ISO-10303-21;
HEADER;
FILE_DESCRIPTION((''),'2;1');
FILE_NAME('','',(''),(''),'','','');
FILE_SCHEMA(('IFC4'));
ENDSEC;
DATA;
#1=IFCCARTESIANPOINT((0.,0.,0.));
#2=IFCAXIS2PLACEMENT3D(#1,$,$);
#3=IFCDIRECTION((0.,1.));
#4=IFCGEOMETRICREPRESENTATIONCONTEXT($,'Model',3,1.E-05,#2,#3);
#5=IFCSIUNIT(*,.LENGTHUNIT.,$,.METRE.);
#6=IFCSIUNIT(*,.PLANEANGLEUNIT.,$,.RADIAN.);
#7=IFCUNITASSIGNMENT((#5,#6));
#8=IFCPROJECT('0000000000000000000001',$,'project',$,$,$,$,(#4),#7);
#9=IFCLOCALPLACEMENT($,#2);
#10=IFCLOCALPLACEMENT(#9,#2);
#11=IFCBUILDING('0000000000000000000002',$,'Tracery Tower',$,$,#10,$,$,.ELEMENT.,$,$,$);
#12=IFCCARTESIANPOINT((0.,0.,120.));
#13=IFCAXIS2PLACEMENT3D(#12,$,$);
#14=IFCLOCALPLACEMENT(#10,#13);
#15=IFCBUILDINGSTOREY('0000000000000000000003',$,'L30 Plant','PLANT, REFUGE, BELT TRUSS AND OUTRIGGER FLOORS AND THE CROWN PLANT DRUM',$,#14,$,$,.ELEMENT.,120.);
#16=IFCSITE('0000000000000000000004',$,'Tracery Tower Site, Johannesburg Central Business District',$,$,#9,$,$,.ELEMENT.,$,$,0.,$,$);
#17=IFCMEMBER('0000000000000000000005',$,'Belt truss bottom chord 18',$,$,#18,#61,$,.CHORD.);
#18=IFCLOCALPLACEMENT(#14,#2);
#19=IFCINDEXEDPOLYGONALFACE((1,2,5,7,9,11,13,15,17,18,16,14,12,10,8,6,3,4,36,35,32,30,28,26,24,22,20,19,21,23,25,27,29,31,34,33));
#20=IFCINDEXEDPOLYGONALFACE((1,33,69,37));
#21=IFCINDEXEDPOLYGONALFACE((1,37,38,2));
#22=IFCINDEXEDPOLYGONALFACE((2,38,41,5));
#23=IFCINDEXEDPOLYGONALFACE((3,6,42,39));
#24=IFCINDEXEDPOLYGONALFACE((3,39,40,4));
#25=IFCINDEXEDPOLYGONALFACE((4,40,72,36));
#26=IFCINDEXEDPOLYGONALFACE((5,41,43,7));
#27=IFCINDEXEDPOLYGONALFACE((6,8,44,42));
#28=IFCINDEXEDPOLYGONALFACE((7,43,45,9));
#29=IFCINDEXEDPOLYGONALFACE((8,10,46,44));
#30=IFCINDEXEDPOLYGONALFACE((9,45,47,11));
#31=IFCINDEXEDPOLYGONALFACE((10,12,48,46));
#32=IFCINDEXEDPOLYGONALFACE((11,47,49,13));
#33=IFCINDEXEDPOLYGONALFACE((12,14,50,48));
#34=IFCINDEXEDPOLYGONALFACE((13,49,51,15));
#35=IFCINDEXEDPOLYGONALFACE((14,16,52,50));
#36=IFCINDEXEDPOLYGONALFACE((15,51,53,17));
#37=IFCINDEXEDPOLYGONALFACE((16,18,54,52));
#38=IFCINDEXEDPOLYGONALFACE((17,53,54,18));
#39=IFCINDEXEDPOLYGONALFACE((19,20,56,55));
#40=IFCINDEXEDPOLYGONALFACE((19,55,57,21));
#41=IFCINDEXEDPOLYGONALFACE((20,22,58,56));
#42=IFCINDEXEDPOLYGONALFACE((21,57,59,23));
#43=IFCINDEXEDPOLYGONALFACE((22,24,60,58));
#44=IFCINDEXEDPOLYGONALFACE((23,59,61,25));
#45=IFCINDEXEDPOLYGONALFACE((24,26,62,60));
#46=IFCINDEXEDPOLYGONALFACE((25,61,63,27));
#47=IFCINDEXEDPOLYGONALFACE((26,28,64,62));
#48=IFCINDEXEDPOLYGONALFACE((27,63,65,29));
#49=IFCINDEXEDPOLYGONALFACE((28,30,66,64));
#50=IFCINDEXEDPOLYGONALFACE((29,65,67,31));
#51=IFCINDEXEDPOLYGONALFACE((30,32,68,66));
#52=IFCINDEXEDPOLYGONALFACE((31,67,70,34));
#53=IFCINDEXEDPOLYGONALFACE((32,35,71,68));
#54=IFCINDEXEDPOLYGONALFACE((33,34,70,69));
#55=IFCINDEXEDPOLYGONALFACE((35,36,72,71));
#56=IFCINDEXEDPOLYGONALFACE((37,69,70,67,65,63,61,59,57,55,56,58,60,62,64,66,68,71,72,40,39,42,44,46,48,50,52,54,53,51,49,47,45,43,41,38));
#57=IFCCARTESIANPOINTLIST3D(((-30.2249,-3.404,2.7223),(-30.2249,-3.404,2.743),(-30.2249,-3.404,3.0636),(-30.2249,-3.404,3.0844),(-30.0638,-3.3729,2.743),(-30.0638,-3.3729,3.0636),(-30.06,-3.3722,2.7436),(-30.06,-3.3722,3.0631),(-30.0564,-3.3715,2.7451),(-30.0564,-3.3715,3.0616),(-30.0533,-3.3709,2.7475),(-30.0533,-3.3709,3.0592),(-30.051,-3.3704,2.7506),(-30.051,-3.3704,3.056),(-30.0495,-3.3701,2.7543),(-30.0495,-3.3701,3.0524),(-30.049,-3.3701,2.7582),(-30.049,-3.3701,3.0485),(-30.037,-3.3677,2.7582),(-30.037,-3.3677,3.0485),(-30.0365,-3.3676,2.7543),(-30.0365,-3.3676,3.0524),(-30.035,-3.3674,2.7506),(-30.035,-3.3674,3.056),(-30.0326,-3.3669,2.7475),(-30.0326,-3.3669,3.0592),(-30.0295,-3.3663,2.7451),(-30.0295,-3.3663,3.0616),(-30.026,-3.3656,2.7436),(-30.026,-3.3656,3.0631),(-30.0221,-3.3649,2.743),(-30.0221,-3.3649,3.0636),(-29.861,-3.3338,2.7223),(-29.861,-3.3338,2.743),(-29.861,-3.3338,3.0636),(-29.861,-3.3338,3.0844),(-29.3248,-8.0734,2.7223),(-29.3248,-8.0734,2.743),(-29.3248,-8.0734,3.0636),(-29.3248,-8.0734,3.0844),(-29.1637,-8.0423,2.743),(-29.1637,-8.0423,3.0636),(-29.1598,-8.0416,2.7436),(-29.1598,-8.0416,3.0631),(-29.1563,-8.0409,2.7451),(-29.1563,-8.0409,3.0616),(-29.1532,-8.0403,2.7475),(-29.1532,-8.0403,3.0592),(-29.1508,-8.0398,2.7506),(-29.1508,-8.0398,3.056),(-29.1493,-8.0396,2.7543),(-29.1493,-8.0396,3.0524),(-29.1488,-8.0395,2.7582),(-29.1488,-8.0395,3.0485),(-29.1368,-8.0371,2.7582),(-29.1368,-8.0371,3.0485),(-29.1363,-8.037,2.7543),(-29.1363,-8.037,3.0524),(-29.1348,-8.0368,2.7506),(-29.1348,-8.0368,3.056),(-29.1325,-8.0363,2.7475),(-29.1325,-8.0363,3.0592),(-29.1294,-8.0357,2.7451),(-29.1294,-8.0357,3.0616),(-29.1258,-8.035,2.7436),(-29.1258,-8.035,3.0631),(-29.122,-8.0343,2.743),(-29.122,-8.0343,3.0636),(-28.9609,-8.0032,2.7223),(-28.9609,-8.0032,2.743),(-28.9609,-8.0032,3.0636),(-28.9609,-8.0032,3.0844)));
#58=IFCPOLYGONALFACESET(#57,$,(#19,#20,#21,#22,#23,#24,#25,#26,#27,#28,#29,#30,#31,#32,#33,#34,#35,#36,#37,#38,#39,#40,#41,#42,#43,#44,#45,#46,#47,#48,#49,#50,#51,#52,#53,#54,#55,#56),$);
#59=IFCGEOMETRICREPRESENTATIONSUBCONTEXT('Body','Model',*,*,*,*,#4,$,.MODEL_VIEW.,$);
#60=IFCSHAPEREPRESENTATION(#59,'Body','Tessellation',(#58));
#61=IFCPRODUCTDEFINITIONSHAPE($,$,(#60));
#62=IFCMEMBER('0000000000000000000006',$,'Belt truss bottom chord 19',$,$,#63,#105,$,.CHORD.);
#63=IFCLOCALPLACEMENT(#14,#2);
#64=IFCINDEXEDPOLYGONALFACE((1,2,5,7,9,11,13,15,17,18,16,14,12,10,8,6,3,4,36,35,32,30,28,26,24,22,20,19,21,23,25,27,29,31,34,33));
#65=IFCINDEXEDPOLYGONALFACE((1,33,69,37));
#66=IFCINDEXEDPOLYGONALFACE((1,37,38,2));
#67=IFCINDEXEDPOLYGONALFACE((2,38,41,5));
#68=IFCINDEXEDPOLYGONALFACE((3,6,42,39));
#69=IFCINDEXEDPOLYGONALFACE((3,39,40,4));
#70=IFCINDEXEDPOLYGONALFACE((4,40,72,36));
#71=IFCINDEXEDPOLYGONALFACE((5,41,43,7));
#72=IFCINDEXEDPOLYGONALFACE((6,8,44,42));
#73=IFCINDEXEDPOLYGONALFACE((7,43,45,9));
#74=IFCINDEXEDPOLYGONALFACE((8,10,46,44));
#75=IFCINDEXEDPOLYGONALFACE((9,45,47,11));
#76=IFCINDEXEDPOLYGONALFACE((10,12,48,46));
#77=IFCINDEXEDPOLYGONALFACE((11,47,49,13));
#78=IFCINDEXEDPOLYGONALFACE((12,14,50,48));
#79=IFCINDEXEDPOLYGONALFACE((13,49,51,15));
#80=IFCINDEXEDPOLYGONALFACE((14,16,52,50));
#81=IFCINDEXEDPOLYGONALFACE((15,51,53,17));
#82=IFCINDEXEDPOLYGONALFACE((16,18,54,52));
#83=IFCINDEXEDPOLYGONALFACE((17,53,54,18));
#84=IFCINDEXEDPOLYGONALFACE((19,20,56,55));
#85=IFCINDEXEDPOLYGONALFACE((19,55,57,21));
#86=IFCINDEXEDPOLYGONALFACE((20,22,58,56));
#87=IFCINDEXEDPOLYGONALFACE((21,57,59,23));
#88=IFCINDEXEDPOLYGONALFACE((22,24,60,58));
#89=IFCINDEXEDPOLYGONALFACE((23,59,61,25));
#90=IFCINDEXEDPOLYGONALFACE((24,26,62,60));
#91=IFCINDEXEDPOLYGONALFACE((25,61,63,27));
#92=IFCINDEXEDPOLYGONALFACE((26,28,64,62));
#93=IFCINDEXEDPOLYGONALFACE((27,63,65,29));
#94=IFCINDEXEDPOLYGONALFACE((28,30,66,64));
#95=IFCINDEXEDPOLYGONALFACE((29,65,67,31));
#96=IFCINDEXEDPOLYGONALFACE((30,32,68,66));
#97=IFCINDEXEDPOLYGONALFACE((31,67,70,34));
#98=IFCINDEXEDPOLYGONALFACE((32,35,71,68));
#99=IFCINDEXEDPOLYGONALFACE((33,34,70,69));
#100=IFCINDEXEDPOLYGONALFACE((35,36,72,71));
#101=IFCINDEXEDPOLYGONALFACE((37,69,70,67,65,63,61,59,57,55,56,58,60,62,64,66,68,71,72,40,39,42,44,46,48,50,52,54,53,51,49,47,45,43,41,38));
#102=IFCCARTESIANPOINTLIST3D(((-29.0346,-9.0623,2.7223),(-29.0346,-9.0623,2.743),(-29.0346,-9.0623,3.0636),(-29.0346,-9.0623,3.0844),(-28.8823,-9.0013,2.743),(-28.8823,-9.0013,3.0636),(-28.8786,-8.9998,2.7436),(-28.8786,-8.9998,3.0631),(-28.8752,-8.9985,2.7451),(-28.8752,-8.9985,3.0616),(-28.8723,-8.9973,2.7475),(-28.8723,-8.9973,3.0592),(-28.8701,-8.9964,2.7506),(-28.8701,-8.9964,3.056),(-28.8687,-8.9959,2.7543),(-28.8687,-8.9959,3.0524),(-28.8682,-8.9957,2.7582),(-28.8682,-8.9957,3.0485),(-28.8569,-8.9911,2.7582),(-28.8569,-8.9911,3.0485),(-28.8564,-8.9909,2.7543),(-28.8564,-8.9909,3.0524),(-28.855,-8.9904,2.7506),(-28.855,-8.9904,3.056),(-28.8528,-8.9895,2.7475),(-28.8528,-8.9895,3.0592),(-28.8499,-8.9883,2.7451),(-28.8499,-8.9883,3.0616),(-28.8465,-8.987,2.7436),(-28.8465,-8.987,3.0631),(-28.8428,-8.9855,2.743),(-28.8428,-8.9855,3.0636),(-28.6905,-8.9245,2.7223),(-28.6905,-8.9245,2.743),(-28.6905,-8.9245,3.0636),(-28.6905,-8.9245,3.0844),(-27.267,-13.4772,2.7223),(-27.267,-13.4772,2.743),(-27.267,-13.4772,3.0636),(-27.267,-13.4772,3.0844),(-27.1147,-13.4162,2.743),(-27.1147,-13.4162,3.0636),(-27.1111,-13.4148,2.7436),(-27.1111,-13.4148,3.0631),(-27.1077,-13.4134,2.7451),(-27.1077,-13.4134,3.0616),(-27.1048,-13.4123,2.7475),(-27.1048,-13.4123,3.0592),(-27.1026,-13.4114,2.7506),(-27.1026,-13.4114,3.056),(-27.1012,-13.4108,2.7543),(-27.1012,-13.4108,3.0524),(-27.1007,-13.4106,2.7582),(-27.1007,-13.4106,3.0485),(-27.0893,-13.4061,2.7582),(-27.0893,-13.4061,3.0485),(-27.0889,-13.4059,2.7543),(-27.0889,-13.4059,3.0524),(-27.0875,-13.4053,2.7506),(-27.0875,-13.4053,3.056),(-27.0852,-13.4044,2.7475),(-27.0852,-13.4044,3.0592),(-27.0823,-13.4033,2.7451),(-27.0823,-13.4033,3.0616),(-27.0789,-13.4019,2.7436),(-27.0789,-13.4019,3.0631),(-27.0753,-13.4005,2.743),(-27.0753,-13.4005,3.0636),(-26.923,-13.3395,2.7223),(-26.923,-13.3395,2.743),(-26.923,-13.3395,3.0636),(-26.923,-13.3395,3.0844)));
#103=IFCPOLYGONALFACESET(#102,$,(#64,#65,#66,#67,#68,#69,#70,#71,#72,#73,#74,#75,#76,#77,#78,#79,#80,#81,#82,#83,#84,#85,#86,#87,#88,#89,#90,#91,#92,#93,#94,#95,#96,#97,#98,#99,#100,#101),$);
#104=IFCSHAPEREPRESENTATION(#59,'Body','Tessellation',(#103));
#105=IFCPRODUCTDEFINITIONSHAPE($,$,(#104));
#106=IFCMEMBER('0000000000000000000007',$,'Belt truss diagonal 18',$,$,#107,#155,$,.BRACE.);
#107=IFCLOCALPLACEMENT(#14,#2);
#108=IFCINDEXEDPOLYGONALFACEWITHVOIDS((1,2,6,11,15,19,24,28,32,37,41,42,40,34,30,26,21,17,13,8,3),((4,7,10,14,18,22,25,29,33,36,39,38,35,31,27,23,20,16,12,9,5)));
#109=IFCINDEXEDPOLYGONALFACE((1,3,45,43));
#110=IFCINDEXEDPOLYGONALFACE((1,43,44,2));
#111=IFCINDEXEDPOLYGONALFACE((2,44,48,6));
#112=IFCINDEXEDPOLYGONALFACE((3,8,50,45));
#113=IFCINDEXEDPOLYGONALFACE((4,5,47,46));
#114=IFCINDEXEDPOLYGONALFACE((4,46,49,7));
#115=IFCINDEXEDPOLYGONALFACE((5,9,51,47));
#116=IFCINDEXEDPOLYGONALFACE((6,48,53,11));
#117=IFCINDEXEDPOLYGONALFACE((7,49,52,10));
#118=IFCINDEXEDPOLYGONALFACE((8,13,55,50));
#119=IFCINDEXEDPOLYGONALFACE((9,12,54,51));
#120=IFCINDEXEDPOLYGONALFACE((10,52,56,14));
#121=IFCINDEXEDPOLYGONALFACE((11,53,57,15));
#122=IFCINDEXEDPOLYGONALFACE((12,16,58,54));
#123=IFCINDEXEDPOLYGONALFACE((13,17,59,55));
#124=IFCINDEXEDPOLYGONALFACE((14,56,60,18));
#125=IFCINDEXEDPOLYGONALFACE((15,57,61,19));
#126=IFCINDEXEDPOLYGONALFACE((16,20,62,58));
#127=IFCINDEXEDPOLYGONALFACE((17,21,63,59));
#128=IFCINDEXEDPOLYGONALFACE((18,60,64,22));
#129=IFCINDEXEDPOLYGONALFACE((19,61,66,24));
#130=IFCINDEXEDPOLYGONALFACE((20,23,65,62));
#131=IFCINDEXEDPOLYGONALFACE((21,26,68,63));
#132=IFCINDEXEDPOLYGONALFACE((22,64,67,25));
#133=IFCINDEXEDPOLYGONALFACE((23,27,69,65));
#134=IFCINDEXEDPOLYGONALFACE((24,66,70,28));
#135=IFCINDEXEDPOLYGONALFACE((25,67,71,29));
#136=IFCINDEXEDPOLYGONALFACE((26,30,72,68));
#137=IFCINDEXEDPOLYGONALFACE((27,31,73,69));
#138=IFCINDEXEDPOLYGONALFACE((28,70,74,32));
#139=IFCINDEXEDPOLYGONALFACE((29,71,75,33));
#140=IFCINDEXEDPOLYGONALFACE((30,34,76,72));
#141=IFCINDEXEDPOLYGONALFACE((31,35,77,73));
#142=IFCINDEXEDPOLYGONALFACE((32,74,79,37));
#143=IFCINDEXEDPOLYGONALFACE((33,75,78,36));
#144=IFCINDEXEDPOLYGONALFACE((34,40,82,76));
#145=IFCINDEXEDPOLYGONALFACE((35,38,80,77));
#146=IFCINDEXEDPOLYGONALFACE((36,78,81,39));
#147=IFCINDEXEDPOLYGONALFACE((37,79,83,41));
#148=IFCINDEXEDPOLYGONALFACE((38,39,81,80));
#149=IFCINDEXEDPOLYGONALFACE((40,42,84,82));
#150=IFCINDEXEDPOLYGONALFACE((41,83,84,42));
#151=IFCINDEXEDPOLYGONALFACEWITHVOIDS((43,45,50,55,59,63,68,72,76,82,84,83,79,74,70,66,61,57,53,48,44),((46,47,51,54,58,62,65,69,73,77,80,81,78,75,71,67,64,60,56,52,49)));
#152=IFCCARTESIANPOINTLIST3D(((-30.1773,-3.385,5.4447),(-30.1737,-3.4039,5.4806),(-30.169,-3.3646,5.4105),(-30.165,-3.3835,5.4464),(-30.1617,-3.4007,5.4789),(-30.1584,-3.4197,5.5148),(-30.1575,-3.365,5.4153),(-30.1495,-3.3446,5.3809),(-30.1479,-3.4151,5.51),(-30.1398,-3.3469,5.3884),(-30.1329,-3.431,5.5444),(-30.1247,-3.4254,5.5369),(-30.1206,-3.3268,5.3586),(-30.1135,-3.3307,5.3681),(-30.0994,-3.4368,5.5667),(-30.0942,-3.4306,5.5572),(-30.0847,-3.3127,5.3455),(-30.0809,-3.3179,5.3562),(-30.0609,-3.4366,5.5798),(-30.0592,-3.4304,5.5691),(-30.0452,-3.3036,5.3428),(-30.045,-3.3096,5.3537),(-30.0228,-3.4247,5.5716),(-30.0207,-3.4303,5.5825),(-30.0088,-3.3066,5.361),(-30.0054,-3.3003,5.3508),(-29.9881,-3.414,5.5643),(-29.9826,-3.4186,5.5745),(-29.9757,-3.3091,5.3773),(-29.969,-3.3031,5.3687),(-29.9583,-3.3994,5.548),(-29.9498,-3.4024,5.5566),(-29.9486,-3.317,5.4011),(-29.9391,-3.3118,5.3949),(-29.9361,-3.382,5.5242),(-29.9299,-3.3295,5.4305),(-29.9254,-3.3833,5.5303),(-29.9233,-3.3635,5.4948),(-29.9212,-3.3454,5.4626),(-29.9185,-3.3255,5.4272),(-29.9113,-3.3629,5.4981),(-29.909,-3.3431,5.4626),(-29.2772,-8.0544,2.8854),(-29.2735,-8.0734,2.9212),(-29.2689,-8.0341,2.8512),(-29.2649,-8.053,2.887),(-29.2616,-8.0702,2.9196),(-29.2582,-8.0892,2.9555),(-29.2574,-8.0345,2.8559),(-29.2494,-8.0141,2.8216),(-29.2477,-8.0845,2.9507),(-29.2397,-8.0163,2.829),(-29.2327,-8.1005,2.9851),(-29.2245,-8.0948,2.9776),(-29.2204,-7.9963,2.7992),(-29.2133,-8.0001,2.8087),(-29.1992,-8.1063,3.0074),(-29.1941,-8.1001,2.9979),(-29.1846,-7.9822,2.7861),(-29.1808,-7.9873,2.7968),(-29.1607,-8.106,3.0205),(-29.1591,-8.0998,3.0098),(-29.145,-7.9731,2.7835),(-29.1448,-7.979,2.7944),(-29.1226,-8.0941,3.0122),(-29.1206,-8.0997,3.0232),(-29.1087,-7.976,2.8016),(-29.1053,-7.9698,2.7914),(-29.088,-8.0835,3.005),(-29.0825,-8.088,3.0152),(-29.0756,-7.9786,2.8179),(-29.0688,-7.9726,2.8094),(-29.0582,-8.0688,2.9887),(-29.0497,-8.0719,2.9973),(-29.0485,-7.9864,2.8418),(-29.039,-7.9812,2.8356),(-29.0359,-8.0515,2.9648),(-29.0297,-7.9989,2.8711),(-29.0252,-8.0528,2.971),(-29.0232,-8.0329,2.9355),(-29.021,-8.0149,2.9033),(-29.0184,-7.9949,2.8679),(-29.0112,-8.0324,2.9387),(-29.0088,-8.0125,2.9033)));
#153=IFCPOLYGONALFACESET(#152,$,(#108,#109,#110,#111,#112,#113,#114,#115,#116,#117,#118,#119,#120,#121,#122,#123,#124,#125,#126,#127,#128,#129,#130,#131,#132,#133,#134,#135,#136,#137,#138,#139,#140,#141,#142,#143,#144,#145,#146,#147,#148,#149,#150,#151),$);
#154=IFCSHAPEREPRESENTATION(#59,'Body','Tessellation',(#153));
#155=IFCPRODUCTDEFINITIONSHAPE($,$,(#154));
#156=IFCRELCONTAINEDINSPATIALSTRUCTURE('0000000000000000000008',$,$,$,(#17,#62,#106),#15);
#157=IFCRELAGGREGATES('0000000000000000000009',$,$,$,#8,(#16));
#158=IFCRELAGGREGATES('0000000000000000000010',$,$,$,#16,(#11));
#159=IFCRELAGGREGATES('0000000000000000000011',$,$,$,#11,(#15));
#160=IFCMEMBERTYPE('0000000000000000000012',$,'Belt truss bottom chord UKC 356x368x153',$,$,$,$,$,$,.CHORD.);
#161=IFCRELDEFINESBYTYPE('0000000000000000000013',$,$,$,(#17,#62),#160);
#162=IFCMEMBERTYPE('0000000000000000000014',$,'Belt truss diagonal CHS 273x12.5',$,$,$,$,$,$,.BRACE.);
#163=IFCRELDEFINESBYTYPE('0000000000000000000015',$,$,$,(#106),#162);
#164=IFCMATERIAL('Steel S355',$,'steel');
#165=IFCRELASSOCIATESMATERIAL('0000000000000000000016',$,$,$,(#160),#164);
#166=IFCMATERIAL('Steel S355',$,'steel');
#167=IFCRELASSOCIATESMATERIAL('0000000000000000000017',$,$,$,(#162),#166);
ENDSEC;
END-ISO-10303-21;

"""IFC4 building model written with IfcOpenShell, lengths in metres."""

from ifc_helpers import new_model, si_unit, direction, frame, origin, origin_2d, place, context, subcontext, project, spatial, hollow_circle, i_section, extrude, material, material_profile, profile_set, type_object, element, save


model = new_model("IFC4")

# Units and contexts
model_context = context("Model", 3, precision=1e-05, world=origin(), true_north=direction((0.0, 1.0)))
body_context = subcontext(model_context, "Body", "Model", "MODEL_VIEW")
ifc_project = project(units=[si_unit("LENGTHUNIT", "METRE"), si_unit("PLANEANGLEUNIT", "RADIAN")], contexts=[model_context])

# Site, building, storey
site_placement = place(None, origin())
site = spatial("IfcSite", under=ifc_project, at=site_placement, Name="Tracery Tower Site, Johannesburg Central Business District", CompositionType="ELEMENT", RefElevation=0.0)
building_placement = place(site_placement, origin())
building = spatial("IfcBuilding", under=site, at=building_placement, Name="Tracery Tower", CompositionType="ELEMENT")
storey_placement = place(building_placement, frame((0.0, 0.0, 120.0)))
storey = spatial("IfcBuildingStorey", under=building, at=storey_placement, Name="L30 Plant", Description="PLANT, REFUGE, BELT TRUSS AND OUTRIGGER FLOORS AND THE CROWN PLANT DRUM", CompositionType="ELEMENT", Elevation=120.0)

# Members
ifc_material_1 = material(Name="Steel S355", Category="steel")
ifc_material_profile_1 = material_profile(ifc_material_1, i_section(OverallWidth=0.3706, OverallDepth=0.3621, WebThickness=0.0122, FlangeThickness=0.0208, FilletRadius=0.0151, at=origin_2d()), Name="UKC 356x368x153")
ifc_profile_set_1 = profile_set([ifc_material_profile_1], Name="Steel S355")
member_type_1 = type_object("IfcMemberType", Name="Belt truss bottom chord UKC 356x368x153", PredefinedType="CHORD", material=ifc_profile_set_1)
member_1_placement = place(storey_placement, frame((-30.043, -3.3689, 2.9033), z_axis=(0.189289, -0.981921, 0.0), x_axis=(0.981921, 0.189289, 0.0)))
element("IfcMember", 1, at=member_1_placement, inside=storey, type_object=member_type_1, Name="Belt truss bottom chord 18", PredefinedType="CHORD", context=body_context, shape_type="SweptSolid", body=[
    extrude(i_section(OverallWidth=0.3706, OverallDepth=0.3621, WebThickness=0.0122, FlangeThickness=0.0208, FilletRadius=0.0151, at=origin_2d()), origin(), (0.0, 0.0, 1.0), 4.7554),
])
member_2_placement = place(storey_placement, frame((-28.8625, -8.9934, 2.9033), z_axis=(0.371674, -0.928363, 0.0), x_axis=(0.928363, 0.371674, 0.0)))
element("IfcMember", 2, at=member_2_placement, inside=storey, type_object=member_type_1, Name="Belt truss bottom chord 19", PredefinedType="CHORD", context=body_context, shape_type="SweptSolid", body=[
    extrude(i_section(OverallWidth=0.3706, OverallDepth=0.3621, WebThickness=0.0122, FlangeThickness=0.0208, FilletRadius=0.0151, at=origin_2d()), origin(), (0.0, 0.0, 1.0), 4.7556),
])
ifc_material_2 = material(Name="Steel S355", Category="steel")
ifc_material_profile_2 = material_profile(ifc_material_2, hollow_circle(Radius=0.1365, WallThickness=0.0125, at=origin_2d()), Name="CHS 273x12.5")
ifc_profile_set_2 = profile_set([ifc_material_profile_2], Name="Steel S355")
member_type_2 = type_object("IfcMemberType", Name="Belt truss diagonal CHS 273x12.5", PredefinedType="BRACE", material=ifc_profile_set_2)
member_3_placement = place(storey_placement, frame((-30.043, -3.3689, 5.4626), z_axis=(0.166682, -0.86465, -0.473917), x_axis=(0.981921, 0.189289, 0.0)))
element("IfcMember", 3, at=member_3_placement, inside=storey, type_object=member_type_2, Name="Belt truss diagonal 18", PredefinedType="BRACE", context=body_context, shape_type="SweptSolid", body=[
    extrude(hollow_circle(Radius=0.1365, WallThickness=0.0125, at=origin_2d()), origin(), (0.0, 0.0, 1.0), 5.4004),
])

save(model, "model.ifc")
